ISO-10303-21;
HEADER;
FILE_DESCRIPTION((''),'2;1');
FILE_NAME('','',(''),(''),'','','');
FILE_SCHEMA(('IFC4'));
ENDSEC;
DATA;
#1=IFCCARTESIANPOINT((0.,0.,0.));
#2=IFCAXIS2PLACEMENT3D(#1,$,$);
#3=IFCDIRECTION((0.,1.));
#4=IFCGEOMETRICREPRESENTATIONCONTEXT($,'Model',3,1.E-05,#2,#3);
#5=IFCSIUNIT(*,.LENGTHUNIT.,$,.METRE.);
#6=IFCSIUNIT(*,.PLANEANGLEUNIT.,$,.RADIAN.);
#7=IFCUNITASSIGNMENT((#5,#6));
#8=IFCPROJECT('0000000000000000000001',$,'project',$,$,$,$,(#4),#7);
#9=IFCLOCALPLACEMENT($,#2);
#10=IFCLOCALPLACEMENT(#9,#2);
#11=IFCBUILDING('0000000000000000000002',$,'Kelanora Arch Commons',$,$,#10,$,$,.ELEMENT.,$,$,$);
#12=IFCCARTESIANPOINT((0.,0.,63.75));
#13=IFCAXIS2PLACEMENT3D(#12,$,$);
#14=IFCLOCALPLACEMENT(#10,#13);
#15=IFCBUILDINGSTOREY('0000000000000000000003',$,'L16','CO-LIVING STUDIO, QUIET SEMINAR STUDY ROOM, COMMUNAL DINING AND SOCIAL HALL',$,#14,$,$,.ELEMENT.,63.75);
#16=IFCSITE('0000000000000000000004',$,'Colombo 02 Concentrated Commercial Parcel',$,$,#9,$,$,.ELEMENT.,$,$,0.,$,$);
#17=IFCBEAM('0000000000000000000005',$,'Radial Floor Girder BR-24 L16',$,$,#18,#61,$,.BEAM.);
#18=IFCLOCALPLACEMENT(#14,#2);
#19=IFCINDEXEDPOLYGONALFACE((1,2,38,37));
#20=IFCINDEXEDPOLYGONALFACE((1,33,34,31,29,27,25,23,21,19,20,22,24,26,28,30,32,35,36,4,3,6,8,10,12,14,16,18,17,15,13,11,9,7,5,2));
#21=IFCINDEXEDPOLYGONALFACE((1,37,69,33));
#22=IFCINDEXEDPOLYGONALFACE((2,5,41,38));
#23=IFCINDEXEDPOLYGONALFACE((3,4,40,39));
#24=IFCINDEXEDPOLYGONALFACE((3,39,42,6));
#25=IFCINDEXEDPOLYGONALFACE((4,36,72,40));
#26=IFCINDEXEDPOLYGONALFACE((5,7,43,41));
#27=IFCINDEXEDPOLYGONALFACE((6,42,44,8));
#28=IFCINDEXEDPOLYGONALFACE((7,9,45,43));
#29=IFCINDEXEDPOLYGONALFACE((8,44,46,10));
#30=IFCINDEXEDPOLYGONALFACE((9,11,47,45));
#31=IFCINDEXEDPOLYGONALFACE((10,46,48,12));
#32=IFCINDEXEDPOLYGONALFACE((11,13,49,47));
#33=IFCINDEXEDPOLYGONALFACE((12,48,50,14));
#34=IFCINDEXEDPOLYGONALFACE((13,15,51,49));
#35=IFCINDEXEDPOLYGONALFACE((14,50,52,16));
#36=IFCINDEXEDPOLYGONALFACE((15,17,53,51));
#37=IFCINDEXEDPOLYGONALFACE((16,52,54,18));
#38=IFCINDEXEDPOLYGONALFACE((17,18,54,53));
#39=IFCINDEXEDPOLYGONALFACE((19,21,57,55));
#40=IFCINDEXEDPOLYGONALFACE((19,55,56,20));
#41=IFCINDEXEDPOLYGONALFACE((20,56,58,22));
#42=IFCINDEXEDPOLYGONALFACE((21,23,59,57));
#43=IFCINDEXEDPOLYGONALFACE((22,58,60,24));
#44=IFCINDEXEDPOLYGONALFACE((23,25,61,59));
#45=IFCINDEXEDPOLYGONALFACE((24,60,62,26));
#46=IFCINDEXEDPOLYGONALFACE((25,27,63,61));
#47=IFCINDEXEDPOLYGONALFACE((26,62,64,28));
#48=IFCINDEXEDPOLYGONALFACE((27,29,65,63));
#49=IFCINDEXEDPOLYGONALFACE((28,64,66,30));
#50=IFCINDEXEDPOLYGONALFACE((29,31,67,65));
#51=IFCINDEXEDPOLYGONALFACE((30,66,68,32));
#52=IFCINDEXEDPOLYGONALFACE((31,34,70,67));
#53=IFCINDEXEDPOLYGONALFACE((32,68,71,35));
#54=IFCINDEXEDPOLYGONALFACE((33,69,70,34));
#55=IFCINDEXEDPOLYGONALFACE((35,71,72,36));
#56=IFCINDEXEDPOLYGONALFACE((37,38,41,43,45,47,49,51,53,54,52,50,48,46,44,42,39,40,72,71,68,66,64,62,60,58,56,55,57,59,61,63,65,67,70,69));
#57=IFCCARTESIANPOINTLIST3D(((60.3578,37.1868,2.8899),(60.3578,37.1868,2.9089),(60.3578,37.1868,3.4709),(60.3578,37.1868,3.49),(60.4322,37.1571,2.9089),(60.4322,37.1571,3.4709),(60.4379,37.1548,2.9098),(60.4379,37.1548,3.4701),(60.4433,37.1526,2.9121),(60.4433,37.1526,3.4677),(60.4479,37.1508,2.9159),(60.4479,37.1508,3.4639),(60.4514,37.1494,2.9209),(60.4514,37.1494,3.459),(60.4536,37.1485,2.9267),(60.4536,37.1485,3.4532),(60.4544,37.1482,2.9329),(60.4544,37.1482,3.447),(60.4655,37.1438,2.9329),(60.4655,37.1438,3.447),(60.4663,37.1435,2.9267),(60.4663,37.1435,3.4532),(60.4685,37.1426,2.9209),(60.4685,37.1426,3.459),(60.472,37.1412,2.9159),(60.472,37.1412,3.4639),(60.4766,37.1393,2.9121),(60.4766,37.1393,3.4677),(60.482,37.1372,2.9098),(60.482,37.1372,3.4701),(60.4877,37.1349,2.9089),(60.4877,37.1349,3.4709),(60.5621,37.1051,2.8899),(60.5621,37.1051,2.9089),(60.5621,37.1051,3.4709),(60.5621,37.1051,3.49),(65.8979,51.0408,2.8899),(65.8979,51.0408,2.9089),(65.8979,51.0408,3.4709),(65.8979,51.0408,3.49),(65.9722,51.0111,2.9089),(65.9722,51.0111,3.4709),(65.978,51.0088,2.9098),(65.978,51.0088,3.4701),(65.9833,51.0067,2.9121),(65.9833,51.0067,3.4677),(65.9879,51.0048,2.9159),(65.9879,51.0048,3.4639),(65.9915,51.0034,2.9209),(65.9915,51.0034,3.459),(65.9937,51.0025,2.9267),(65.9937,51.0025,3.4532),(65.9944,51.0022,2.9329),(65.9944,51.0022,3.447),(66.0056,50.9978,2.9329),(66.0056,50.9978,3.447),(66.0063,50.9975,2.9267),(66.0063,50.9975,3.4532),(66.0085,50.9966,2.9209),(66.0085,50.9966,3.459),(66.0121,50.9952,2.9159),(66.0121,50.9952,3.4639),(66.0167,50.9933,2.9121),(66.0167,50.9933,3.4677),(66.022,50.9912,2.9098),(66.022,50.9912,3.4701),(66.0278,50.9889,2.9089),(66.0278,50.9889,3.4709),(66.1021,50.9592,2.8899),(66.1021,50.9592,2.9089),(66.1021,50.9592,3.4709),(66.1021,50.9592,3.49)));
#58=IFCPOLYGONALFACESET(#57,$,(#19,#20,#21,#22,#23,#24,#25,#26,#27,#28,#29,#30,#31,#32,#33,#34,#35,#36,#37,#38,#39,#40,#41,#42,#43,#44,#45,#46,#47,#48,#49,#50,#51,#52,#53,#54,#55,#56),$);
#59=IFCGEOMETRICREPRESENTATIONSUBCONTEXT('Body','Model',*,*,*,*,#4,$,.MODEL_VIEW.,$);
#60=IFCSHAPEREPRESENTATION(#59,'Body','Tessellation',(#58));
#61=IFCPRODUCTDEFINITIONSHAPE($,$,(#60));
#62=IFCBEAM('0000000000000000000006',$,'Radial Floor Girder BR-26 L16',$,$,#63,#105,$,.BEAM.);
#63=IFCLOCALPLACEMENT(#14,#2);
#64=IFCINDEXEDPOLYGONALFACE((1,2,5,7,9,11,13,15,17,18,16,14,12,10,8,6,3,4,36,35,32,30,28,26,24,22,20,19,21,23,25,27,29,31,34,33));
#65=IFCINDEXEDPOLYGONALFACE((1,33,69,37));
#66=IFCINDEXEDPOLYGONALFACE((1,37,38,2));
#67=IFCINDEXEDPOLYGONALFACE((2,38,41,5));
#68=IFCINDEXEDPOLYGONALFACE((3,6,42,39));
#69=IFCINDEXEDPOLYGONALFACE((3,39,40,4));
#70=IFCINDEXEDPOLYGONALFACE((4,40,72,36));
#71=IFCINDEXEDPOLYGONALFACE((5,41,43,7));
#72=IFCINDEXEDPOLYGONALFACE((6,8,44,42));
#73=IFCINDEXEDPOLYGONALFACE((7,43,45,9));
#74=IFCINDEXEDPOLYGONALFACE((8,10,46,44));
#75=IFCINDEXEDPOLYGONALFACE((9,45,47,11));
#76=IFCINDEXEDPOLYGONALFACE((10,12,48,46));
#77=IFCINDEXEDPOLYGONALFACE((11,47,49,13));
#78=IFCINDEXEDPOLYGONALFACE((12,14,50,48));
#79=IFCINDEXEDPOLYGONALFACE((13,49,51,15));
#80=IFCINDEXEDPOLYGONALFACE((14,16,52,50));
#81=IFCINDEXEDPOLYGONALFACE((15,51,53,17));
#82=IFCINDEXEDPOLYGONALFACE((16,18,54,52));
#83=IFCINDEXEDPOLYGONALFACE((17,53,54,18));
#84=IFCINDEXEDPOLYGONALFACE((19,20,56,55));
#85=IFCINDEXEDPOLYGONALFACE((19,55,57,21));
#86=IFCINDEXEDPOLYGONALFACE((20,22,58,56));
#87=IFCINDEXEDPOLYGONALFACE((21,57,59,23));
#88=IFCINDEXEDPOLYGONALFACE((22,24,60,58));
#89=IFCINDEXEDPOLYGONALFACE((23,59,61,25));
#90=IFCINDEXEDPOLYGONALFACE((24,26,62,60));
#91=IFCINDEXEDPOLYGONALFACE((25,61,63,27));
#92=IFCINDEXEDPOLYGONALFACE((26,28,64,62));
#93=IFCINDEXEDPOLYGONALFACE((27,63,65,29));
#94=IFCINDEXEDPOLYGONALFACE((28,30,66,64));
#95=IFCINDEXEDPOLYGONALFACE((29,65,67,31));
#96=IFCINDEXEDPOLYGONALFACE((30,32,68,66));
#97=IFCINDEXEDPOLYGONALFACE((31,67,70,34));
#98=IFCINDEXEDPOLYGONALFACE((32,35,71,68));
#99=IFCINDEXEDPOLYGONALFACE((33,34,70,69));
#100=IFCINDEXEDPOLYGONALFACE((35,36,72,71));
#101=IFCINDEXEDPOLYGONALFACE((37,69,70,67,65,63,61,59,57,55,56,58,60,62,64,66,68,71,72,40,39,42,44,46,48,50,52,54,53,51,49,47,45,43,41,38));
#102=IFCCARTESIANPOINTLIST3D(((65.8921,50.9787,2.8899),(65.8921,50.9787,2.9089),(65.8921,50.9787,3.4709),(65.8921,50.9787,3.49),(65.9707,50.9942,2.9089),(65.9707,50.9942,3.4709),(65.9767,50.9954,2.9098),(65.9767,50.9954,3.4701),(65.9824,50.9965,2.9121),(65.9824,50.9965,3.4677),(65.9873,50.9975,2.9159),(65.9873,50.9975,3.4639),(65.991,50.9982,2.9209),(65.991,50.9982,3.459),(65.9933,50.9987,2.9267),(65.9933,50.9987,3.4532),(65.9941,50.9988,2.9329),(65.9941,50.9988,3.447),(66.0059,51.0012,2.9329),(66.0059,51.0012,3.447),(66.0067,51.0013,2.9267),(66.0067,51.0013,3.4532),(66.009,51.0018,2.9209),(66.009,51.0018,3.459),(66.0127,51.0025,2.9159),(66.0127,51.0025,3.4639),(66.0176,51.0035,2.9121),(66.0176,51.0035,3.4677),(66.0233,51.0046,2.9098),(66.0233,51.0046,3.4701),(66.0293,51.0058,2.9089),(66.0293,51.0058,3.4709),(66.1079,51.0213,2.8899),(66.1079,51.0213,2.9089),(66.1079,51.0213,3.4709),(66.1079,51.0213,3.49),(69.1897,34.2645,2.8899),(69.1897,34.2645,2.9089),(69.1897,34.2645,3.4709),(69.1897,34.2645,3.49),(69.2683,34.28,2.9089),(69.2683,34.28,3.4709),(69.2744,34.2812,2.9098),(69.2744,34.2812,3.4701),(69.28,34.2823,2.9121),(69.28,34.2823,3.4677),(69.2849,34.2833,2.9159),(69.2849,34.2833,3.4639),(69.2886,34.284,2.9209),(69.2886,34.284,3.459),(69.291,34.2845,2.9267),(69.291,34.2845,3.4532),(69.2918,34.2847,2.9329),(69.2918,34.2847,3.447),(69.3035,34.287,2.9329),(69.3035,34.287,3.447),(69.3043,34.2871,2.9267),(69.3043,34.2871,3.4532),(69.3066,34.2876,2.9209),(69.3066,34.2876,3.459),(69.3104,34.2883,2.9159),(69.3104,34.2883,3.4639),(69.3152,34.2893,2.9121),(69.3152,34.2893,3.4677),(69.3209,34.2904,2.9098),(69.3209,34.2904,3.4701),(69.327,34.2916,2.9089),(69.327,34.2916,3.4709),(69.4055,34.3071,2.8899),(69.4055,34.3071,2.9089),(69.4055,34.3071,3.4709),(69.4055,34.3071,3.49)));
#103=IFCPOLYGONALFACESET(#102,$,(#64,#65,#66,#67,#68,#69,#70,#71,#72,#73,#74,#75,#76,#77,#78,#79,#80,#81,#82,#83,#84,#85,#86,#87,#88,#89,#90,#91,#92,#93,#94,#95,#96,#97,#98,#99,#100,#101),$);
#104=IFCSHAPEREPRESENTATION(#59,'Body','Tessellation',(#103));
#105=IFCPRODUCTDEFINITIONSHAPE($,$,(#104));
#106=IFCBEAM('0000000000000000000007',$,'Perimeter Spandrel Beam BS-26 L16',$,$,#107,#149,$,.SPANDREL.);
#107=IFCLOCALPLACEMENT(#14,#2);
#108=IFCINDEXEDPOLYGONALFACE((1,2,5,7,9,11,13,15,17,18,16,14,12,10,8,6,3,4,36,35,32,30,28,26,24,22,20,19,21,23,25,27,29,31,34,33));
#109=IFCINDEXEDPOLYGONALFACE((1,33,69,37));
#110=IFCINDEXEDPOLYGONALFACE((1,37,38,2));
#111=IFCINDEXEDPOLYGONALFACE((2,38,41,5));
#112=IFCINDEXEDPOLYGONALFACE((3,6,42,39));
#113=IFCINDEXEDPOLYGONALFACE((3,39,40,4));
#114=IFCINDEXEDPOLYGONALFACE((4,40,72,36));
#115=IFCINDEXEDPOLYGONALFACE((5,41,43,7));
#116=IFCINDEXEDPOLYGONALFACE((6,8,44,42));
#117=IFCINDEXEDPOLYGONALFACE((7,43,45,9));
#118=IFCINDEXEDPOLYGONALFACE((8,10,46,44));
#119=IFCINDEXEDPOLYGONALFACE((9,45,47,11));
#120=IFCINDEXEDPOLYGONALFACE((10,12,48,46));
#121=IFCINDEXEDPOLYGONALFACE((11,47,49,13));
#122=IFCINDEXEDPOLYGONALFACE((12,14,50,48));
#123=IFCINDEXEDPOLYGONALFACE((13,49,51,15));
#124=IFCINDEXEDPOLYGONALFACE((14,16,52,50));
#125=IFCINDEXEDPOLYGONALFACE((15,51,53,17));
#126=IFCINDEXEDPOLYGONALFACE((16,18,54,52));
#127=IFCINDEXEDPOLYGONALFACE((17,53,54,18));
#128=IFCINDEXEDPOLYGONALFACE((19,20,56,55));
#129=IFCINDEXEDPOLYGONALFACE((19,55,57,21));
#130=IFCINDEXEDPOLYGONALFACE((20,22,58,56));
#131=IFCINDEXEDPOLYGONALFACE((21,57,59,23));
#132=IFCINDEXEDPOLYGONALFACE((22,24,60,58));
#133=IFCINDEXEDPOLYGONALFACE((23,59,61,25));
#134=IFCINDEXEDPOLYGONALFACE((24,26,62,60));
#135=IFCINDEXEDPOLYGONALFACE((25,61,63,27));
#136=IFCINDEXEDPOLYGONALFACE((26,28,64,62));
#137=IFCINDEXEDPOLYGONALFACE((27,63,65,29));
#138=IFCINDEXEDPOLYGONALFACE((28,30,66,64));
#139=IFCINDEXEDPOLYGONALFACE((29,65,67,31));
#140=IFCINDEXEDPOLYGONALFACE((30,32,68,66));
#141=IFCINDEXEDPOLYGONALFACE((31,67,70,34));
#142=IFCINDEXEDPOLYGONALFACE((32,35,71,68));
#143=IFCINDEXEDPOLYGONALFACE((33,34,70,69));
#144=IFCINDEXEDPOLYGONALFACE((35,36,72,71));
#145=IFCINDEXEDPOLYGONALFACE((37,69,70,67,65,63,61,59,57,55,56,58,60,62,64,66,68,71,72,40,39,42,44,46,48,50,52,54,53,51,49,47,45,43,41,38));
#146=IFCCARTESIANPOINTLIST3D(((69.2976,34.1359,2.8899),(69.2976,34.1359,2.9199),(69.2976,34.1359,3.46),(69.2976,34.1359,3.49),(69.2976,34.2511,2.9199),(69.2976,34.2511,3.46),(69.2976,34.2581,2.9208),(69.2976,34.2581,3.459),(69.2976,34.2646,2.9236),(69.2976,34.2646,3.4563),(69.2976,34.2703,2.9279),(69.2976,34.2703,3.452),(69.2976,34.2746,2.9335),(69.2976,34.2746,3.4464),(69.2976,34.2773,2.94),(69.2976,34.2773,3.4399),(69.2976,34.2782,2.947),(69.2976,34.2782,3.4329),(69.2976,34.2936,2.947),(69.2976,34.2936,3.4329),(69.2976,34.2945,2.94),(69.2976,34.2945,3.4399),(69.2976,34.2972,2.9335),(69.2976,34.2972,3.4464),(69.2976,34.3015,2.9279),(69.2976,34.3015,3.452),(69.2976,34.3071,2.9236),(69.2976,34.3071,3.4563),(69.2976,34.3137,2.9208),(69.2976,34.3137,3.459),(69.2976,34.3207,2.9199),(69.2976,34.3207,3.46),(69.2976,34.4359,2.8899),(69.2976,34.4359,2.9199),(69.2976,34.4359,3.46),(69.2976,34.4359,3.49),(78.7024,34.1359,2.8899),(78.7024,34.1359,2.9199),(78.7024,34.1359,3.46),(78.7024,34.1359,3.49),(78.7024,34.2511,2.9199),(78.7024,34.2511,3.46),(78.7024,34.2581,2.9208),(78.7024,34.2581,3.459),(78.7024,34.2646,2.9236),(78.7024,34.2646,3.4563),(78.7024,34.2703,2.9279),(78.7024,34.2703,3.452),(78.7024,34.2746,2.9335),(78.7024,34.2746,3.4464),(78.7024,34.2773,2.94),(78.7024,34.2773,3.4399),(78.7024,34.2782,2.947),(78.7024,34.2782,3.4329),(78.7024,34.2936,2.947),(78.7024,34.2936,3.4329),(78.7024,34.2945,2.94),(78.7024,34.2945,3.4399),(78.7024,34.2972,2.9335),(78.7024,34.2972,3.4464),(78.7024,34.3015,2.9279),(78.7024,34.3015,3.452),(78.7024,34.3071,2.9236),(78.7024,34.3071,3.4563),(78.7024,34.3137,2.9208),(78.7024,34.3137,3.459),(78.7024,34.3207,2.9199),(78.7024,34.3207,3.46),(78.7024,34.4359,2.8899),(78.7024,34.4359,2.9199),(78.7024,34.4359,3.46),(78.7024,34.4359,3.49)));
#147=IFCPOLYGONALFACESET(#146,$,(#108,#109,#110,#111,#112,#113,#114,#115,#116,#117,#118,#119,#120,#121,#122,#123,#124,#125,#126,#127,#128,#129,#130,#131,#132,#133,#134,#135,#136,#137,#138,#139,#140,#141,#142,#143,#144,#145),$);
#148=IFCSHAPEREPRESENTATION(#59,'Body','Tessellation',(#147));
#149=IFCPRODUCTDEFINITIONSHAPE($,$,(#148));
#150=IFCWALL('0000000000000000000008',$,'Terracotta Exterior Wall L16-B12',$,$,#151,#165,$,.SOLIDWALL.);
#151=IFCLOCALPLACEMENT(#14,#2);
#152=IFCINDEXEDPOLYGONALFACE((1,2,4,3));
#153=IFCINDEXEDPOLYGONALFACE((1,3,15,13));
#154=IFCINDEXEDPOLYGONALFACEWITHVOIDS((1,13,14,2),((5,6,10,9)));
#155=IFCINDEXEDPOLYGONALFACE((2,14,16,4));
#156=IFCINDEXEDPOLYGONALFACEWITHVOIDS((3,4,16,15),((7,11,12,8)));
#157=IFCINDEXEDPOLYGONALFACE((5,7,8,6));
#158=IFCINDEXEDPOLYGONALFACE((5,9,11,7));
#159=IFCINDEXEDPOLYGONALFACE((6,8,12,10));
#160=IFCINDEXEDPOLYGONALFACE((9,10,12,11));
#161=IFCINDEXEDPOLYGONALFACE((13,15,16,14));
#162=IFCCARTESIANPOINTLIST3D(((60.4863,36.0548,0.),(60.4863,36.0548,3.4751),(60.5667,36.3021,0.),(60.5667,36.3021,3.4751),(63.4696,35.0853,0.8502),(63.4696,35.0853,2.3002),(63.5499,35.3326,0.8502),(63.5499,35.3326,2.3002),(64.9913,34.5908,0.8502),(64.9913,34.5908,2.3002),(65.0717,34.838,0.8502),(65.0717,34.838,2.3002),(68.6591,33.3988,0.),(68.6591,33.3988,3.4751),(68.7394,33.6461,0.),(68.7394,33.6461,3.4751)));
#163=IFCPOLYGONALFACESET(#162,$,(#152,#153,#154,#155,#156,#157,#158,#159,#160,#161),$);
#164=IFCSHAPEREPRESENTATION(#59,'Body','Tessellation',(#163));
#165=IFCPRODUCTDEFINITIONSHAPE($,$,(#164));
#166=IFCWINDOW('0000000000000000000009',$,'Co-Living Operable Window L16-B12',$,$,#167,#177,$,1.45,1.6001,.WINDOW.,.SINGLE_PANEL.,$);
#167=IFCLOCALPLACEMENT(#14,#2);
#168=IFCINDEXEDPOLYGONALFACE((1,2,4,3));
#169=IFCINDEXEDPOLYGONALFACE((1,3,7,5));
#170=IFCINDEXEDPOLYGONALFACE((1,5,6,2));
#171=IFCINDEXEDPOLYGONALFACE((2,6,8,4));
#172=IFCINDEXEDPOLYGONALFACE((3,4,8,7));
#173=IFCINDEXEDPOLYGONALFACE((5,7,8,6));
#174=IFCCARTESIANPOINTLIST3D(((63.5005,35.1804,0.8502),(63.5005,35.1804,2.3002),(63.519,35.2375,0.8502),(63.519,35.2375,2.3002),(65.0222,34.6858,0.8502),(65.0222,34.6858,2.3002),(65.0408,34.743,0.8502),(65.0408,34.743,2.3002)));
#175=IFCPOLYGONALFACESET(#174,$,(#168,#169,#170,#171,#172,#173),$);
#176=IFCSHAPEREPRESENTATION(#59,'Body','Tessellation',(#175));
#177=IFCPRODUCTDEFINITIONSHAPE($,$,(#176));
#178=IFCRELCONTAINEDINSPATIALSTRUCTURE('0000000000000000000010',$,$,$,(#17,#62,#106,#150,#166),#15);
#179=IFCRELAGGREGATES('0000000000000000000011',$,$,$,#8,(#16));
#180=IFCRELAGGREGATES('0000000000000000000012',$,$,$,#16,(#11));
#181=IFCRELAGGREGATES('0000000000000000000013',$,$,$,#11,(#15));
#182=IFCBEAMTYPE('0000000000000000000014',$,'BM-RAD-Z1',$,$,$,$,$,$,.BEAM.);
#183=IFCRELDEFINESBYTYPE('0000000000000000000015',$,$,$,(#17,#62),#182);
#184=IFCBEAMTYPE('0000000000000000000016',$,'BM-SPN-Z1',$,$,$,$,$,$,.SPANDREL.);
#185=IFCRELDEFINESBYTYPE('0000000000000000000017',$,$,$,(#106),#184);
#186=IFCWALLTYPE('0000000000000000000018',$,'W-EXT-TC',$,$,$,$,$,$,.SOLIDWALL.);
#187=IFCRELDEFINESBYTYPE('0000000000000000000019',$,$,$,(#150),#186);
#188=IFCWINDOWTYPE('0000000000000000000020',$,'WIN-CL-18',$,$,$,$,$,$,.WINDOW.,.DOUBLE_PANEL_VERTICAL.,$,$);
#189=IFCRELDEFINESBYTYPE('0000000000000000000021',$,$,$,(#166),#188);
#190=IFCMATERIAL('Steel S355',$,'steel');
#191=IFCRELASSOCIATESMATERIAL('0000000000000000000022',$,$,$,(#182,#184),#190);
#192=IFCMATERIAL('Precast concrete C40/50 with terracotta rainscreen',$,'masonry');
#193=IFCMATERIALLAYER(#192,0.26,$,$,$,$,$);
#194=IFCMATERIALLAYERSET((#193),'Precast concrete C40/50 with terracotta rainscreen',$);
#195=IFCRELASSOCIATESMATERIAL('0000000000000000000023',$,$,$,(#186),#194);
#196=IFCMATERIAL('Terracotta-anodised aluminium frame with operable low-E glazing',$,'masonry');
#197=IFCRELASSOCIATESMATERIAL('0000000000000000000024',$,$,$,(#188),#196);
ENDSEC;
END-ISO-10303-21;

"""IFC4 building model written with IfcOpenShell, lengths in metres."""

from ifc_helpers import new_model, si_unit, direction, frame, frame_2d, origin, origin_2d, place, context, subcontext, project, spatial, rectangle, i_section, extrude, material, layer, layer_set, material_profile, profile_set, type_object, element, fill, save


model = new_model("IFC4")

# Units and contexts
model_context = context("Model", 3, precision=1e-05, world=origin(), true_north=direction((0.0, 1.0)))
body_context = subcontext(model_context, "Body", "Model", "MODEL_VIEW")
ifc_project = project(units=[si_unit("LENGTHUNIT", "METRE"), si_unit("PLANEANGLEUNIT", "RADIAN")], contexts=[model_context])

# Site, building, storey
site_placement = place(None, origin())
site = spatial("IfcSite", under=ifc_project, at=site_placement, Name="Colombo 02 Concentrated Commercial Parcel", CompositionType="ELEMENT", RefElevation=0.0)
building_placement = place(site_placement, origin())
building = spatial("IfcBuilding", under=site, at=building_placement, Name="Kelanora Arch Commons", CompositionType="ELEMENT")
storey_placement = place(building_placement, frame((0.0, 0.0, 63.75)))
storey = spatial("IfcBuildingStorey", under=building, at=storey_placement, Name="L16", Description="CO-LIVING STUDIO, QUIET SEMINAR STUDY ROOM, COMMUNAL DINING AND SOCIAL HALL", CompositionType="ELEMENT", Elevation=63.75)

# Beams
ifc_material_1 = material(Name="Steel S355", Category="steel")
ifc_material_profile_1 = material_profile(ifc_material_1, i_section(OverallWidth=0.22, OverallDepth=0.6001, WebThickness=0.012, FlangeThickness=0.019, FilletRadius=0.0239, at=origin_2d()), Name="IPE600")
ifc_profile_set_1 = profile_set([ifc_material_profile_1], Name="Steel S355")
beam_type_1 = type_object("IfcBeamType", Name="BM-RAD-Z1", PredefinedType="BEAM", material=ifc_profile_set_1)
beam_1_placement = place(storey_placement, frame((66.0, 51.0, 3.1899), z_axis=(-0.3713, -0.928513, 0.0), x_axis=(0.928513, -0.3713, 0.0)))
element("IfcBeam", 1, at=beam_1_placement, inside=storey, type_object=beam_type_1, Name="Radial Floor Girder BR-24 L16", PredefinedType="BEAM", context=body_context, shape_type="SweptSolid", body=[
    extrude(i_section(OverallWidth=0.22, OverallDepth=0.6001, WebThickness=0.012, FlangeThickness=0.019, FilletRadius=0.0239, at=origin_2d()), origin(), (0.0, 0.0, 1.0), 14.9207),
])
beam_2_placement = place(storey_placement, frame((66.0, 51.0, 3.1899), z_axis=(0.193564, -0.981088, 0.0), x_axis=(0.981088, 0.193564, 0.0)))
element("IfcBeam", 2, at=beam_2_placement, inside=storey, type_object=beam_type_1, Name="Radial Floor Girder BR-26 L16", PredefinedType="BEAM", context=body_context, shape_type="SweptSolid", body=[
    extrude(i_section(OverallWidth=0.22, OverallDepth=0.6001, WebThickness=0.012, FlangeThickness=0.019, FilletRadius=0.0239, at=origin_2d()), origin(), (0.0, 0.0, 1.0), 17.0364),
])
ifc_material_profile_2 = material_profile(ifc_material_1, i_section(OverallWidth=0.3, OverallDepth=0.6001, WebThickness=0.0154, FlangeThickness=0.03, FilletRadius=0.0271, at=origin_2d()), Name="HEB600")
ifc_profile_set_2 = profile_set([ifc_material_profile_2], Name="Steel S355")
beam_type_2 = type_object("IfcBeamType", Name="BM-SPN-Z1", PredefinedType="SPANDREL", material=ifc_profile_set_2)
beam_3_placement = place(storey_placement, frame((69.2976, 34.2859, 3.1899), z_axis=(1.0, 0.0, 0.0), x_axis=(0.0, 1.0, 0.0)))
element("IfcBeam", 3, at=beam_3_placement, inside=storey, type_object=beam_type_2, Name="Perimeter Spandrel Beam BS-26 L16", PredefinedType="SPANDREL", context=body_context, shape_type="SweptSolid", body=[
    extrude(i_section(OverallWidth=0.3, OverallDepth=0.6001, WebThickness=0.0154, FlangeThickness=0.03, FilletRadius=0.0271, at=origin_2d()), origin(), (0.0, 0.0, 1.0), 9.4048),
])

# Wall, opening, window
ifc_material_2 = material(Name="Precast concrete C40/50 with terracotta rainscreen", Category="masonry")
ifc_layer_1 = layer(ifc_material_2, 0.26)
ifc_layer_set_1 = layer_set([ifc_layer_1], Name="Precast concrete C40/50 with terracotta rainscreen")
wall_type_1 = type_object("IfcWallType", Name="W-EXT-TC", PredefinedType="SOLIDWALL", material=ifc_layer_set_1)
wall_1_placement = place(storey_placement, frame((60.5264, 36.1785, 0.0), z_axis=(0.0, 0.0, 1.0), x_axis=(0.95104, -0.309068, 0.0)))
wall_1 = element("IfcWall", 4, at=wall_1_placement, inside=storey, type_object=wall_type_1, Name="Terracotta Exterior Wall L16-B12", PredefinedType="SOLIDWALL", context=body_context, shape_type="SweptSolid", body=[
    extrude(rectangle(XDim=8.5935, YDim=0.26, at=frame_2d((4.2969, 0.0))), origin(), (0.0, 0.0, 1.0), 3.4751),
])
opening_1_placement = place(wall_1_placement, frame((3.137, 0.0, 0.8501)))
opening_1 = element("IfcOpeningElement", 5, at=opening_1_placement, cuts=wall_1, PredefinedType="OPENING", context=body_context, shape_type="SweptSolid", body=[
    extrude(rectangle(XDim=1.6001, YDim=1.45, at=frame_2d((0.8, 0.7251))), frame((0.0, 0.1401, 0.0), z_axis=(0.0, -1.0, 0.0), x_axis=(1.0, 0.0, 0.0)), (0.0, 0.0, 1.0), 0.28),
])
ifc_material_3 = material(Name="Terracotta-anodised aluminium frame with operable low-E glazing", Category="masonry")
window_type = type_object("IfcWindowType", Name="WIN-CL-18", PartitioningType="DOUBLE_PANEL_VERTICAL", PredefinedType="WINDOW", material=ifc_material_3)
window_1_placement = place(opening_1_placement, origin())
window_1 = element("IfcWindow", 6, at=window_1_placement, inside=storey, type_object=window_type, Name="Co-Living Operable Window L16-B12", OverallHeight=1.45, OverallWidth=1.6001, PartitioningType="SINGLE_PANEL", PredefinedType="WINDOW", context=body_context, shape_type="SweptSolid", body=[
    extrude(rectangle(XDim=1.6001, YDim=1.45, at=frame_2d((0.8, 0.7251))), frame((0.0, 0.03, 0.0), z_axis=(0.0, -1.0, 0.0), x_axis=(1.0, 0.0, 0.0)), (0.0, 0.0, 1.0), 0.0601),
])
fill(opening_1, window_1)

save(model, "model.ifc")
